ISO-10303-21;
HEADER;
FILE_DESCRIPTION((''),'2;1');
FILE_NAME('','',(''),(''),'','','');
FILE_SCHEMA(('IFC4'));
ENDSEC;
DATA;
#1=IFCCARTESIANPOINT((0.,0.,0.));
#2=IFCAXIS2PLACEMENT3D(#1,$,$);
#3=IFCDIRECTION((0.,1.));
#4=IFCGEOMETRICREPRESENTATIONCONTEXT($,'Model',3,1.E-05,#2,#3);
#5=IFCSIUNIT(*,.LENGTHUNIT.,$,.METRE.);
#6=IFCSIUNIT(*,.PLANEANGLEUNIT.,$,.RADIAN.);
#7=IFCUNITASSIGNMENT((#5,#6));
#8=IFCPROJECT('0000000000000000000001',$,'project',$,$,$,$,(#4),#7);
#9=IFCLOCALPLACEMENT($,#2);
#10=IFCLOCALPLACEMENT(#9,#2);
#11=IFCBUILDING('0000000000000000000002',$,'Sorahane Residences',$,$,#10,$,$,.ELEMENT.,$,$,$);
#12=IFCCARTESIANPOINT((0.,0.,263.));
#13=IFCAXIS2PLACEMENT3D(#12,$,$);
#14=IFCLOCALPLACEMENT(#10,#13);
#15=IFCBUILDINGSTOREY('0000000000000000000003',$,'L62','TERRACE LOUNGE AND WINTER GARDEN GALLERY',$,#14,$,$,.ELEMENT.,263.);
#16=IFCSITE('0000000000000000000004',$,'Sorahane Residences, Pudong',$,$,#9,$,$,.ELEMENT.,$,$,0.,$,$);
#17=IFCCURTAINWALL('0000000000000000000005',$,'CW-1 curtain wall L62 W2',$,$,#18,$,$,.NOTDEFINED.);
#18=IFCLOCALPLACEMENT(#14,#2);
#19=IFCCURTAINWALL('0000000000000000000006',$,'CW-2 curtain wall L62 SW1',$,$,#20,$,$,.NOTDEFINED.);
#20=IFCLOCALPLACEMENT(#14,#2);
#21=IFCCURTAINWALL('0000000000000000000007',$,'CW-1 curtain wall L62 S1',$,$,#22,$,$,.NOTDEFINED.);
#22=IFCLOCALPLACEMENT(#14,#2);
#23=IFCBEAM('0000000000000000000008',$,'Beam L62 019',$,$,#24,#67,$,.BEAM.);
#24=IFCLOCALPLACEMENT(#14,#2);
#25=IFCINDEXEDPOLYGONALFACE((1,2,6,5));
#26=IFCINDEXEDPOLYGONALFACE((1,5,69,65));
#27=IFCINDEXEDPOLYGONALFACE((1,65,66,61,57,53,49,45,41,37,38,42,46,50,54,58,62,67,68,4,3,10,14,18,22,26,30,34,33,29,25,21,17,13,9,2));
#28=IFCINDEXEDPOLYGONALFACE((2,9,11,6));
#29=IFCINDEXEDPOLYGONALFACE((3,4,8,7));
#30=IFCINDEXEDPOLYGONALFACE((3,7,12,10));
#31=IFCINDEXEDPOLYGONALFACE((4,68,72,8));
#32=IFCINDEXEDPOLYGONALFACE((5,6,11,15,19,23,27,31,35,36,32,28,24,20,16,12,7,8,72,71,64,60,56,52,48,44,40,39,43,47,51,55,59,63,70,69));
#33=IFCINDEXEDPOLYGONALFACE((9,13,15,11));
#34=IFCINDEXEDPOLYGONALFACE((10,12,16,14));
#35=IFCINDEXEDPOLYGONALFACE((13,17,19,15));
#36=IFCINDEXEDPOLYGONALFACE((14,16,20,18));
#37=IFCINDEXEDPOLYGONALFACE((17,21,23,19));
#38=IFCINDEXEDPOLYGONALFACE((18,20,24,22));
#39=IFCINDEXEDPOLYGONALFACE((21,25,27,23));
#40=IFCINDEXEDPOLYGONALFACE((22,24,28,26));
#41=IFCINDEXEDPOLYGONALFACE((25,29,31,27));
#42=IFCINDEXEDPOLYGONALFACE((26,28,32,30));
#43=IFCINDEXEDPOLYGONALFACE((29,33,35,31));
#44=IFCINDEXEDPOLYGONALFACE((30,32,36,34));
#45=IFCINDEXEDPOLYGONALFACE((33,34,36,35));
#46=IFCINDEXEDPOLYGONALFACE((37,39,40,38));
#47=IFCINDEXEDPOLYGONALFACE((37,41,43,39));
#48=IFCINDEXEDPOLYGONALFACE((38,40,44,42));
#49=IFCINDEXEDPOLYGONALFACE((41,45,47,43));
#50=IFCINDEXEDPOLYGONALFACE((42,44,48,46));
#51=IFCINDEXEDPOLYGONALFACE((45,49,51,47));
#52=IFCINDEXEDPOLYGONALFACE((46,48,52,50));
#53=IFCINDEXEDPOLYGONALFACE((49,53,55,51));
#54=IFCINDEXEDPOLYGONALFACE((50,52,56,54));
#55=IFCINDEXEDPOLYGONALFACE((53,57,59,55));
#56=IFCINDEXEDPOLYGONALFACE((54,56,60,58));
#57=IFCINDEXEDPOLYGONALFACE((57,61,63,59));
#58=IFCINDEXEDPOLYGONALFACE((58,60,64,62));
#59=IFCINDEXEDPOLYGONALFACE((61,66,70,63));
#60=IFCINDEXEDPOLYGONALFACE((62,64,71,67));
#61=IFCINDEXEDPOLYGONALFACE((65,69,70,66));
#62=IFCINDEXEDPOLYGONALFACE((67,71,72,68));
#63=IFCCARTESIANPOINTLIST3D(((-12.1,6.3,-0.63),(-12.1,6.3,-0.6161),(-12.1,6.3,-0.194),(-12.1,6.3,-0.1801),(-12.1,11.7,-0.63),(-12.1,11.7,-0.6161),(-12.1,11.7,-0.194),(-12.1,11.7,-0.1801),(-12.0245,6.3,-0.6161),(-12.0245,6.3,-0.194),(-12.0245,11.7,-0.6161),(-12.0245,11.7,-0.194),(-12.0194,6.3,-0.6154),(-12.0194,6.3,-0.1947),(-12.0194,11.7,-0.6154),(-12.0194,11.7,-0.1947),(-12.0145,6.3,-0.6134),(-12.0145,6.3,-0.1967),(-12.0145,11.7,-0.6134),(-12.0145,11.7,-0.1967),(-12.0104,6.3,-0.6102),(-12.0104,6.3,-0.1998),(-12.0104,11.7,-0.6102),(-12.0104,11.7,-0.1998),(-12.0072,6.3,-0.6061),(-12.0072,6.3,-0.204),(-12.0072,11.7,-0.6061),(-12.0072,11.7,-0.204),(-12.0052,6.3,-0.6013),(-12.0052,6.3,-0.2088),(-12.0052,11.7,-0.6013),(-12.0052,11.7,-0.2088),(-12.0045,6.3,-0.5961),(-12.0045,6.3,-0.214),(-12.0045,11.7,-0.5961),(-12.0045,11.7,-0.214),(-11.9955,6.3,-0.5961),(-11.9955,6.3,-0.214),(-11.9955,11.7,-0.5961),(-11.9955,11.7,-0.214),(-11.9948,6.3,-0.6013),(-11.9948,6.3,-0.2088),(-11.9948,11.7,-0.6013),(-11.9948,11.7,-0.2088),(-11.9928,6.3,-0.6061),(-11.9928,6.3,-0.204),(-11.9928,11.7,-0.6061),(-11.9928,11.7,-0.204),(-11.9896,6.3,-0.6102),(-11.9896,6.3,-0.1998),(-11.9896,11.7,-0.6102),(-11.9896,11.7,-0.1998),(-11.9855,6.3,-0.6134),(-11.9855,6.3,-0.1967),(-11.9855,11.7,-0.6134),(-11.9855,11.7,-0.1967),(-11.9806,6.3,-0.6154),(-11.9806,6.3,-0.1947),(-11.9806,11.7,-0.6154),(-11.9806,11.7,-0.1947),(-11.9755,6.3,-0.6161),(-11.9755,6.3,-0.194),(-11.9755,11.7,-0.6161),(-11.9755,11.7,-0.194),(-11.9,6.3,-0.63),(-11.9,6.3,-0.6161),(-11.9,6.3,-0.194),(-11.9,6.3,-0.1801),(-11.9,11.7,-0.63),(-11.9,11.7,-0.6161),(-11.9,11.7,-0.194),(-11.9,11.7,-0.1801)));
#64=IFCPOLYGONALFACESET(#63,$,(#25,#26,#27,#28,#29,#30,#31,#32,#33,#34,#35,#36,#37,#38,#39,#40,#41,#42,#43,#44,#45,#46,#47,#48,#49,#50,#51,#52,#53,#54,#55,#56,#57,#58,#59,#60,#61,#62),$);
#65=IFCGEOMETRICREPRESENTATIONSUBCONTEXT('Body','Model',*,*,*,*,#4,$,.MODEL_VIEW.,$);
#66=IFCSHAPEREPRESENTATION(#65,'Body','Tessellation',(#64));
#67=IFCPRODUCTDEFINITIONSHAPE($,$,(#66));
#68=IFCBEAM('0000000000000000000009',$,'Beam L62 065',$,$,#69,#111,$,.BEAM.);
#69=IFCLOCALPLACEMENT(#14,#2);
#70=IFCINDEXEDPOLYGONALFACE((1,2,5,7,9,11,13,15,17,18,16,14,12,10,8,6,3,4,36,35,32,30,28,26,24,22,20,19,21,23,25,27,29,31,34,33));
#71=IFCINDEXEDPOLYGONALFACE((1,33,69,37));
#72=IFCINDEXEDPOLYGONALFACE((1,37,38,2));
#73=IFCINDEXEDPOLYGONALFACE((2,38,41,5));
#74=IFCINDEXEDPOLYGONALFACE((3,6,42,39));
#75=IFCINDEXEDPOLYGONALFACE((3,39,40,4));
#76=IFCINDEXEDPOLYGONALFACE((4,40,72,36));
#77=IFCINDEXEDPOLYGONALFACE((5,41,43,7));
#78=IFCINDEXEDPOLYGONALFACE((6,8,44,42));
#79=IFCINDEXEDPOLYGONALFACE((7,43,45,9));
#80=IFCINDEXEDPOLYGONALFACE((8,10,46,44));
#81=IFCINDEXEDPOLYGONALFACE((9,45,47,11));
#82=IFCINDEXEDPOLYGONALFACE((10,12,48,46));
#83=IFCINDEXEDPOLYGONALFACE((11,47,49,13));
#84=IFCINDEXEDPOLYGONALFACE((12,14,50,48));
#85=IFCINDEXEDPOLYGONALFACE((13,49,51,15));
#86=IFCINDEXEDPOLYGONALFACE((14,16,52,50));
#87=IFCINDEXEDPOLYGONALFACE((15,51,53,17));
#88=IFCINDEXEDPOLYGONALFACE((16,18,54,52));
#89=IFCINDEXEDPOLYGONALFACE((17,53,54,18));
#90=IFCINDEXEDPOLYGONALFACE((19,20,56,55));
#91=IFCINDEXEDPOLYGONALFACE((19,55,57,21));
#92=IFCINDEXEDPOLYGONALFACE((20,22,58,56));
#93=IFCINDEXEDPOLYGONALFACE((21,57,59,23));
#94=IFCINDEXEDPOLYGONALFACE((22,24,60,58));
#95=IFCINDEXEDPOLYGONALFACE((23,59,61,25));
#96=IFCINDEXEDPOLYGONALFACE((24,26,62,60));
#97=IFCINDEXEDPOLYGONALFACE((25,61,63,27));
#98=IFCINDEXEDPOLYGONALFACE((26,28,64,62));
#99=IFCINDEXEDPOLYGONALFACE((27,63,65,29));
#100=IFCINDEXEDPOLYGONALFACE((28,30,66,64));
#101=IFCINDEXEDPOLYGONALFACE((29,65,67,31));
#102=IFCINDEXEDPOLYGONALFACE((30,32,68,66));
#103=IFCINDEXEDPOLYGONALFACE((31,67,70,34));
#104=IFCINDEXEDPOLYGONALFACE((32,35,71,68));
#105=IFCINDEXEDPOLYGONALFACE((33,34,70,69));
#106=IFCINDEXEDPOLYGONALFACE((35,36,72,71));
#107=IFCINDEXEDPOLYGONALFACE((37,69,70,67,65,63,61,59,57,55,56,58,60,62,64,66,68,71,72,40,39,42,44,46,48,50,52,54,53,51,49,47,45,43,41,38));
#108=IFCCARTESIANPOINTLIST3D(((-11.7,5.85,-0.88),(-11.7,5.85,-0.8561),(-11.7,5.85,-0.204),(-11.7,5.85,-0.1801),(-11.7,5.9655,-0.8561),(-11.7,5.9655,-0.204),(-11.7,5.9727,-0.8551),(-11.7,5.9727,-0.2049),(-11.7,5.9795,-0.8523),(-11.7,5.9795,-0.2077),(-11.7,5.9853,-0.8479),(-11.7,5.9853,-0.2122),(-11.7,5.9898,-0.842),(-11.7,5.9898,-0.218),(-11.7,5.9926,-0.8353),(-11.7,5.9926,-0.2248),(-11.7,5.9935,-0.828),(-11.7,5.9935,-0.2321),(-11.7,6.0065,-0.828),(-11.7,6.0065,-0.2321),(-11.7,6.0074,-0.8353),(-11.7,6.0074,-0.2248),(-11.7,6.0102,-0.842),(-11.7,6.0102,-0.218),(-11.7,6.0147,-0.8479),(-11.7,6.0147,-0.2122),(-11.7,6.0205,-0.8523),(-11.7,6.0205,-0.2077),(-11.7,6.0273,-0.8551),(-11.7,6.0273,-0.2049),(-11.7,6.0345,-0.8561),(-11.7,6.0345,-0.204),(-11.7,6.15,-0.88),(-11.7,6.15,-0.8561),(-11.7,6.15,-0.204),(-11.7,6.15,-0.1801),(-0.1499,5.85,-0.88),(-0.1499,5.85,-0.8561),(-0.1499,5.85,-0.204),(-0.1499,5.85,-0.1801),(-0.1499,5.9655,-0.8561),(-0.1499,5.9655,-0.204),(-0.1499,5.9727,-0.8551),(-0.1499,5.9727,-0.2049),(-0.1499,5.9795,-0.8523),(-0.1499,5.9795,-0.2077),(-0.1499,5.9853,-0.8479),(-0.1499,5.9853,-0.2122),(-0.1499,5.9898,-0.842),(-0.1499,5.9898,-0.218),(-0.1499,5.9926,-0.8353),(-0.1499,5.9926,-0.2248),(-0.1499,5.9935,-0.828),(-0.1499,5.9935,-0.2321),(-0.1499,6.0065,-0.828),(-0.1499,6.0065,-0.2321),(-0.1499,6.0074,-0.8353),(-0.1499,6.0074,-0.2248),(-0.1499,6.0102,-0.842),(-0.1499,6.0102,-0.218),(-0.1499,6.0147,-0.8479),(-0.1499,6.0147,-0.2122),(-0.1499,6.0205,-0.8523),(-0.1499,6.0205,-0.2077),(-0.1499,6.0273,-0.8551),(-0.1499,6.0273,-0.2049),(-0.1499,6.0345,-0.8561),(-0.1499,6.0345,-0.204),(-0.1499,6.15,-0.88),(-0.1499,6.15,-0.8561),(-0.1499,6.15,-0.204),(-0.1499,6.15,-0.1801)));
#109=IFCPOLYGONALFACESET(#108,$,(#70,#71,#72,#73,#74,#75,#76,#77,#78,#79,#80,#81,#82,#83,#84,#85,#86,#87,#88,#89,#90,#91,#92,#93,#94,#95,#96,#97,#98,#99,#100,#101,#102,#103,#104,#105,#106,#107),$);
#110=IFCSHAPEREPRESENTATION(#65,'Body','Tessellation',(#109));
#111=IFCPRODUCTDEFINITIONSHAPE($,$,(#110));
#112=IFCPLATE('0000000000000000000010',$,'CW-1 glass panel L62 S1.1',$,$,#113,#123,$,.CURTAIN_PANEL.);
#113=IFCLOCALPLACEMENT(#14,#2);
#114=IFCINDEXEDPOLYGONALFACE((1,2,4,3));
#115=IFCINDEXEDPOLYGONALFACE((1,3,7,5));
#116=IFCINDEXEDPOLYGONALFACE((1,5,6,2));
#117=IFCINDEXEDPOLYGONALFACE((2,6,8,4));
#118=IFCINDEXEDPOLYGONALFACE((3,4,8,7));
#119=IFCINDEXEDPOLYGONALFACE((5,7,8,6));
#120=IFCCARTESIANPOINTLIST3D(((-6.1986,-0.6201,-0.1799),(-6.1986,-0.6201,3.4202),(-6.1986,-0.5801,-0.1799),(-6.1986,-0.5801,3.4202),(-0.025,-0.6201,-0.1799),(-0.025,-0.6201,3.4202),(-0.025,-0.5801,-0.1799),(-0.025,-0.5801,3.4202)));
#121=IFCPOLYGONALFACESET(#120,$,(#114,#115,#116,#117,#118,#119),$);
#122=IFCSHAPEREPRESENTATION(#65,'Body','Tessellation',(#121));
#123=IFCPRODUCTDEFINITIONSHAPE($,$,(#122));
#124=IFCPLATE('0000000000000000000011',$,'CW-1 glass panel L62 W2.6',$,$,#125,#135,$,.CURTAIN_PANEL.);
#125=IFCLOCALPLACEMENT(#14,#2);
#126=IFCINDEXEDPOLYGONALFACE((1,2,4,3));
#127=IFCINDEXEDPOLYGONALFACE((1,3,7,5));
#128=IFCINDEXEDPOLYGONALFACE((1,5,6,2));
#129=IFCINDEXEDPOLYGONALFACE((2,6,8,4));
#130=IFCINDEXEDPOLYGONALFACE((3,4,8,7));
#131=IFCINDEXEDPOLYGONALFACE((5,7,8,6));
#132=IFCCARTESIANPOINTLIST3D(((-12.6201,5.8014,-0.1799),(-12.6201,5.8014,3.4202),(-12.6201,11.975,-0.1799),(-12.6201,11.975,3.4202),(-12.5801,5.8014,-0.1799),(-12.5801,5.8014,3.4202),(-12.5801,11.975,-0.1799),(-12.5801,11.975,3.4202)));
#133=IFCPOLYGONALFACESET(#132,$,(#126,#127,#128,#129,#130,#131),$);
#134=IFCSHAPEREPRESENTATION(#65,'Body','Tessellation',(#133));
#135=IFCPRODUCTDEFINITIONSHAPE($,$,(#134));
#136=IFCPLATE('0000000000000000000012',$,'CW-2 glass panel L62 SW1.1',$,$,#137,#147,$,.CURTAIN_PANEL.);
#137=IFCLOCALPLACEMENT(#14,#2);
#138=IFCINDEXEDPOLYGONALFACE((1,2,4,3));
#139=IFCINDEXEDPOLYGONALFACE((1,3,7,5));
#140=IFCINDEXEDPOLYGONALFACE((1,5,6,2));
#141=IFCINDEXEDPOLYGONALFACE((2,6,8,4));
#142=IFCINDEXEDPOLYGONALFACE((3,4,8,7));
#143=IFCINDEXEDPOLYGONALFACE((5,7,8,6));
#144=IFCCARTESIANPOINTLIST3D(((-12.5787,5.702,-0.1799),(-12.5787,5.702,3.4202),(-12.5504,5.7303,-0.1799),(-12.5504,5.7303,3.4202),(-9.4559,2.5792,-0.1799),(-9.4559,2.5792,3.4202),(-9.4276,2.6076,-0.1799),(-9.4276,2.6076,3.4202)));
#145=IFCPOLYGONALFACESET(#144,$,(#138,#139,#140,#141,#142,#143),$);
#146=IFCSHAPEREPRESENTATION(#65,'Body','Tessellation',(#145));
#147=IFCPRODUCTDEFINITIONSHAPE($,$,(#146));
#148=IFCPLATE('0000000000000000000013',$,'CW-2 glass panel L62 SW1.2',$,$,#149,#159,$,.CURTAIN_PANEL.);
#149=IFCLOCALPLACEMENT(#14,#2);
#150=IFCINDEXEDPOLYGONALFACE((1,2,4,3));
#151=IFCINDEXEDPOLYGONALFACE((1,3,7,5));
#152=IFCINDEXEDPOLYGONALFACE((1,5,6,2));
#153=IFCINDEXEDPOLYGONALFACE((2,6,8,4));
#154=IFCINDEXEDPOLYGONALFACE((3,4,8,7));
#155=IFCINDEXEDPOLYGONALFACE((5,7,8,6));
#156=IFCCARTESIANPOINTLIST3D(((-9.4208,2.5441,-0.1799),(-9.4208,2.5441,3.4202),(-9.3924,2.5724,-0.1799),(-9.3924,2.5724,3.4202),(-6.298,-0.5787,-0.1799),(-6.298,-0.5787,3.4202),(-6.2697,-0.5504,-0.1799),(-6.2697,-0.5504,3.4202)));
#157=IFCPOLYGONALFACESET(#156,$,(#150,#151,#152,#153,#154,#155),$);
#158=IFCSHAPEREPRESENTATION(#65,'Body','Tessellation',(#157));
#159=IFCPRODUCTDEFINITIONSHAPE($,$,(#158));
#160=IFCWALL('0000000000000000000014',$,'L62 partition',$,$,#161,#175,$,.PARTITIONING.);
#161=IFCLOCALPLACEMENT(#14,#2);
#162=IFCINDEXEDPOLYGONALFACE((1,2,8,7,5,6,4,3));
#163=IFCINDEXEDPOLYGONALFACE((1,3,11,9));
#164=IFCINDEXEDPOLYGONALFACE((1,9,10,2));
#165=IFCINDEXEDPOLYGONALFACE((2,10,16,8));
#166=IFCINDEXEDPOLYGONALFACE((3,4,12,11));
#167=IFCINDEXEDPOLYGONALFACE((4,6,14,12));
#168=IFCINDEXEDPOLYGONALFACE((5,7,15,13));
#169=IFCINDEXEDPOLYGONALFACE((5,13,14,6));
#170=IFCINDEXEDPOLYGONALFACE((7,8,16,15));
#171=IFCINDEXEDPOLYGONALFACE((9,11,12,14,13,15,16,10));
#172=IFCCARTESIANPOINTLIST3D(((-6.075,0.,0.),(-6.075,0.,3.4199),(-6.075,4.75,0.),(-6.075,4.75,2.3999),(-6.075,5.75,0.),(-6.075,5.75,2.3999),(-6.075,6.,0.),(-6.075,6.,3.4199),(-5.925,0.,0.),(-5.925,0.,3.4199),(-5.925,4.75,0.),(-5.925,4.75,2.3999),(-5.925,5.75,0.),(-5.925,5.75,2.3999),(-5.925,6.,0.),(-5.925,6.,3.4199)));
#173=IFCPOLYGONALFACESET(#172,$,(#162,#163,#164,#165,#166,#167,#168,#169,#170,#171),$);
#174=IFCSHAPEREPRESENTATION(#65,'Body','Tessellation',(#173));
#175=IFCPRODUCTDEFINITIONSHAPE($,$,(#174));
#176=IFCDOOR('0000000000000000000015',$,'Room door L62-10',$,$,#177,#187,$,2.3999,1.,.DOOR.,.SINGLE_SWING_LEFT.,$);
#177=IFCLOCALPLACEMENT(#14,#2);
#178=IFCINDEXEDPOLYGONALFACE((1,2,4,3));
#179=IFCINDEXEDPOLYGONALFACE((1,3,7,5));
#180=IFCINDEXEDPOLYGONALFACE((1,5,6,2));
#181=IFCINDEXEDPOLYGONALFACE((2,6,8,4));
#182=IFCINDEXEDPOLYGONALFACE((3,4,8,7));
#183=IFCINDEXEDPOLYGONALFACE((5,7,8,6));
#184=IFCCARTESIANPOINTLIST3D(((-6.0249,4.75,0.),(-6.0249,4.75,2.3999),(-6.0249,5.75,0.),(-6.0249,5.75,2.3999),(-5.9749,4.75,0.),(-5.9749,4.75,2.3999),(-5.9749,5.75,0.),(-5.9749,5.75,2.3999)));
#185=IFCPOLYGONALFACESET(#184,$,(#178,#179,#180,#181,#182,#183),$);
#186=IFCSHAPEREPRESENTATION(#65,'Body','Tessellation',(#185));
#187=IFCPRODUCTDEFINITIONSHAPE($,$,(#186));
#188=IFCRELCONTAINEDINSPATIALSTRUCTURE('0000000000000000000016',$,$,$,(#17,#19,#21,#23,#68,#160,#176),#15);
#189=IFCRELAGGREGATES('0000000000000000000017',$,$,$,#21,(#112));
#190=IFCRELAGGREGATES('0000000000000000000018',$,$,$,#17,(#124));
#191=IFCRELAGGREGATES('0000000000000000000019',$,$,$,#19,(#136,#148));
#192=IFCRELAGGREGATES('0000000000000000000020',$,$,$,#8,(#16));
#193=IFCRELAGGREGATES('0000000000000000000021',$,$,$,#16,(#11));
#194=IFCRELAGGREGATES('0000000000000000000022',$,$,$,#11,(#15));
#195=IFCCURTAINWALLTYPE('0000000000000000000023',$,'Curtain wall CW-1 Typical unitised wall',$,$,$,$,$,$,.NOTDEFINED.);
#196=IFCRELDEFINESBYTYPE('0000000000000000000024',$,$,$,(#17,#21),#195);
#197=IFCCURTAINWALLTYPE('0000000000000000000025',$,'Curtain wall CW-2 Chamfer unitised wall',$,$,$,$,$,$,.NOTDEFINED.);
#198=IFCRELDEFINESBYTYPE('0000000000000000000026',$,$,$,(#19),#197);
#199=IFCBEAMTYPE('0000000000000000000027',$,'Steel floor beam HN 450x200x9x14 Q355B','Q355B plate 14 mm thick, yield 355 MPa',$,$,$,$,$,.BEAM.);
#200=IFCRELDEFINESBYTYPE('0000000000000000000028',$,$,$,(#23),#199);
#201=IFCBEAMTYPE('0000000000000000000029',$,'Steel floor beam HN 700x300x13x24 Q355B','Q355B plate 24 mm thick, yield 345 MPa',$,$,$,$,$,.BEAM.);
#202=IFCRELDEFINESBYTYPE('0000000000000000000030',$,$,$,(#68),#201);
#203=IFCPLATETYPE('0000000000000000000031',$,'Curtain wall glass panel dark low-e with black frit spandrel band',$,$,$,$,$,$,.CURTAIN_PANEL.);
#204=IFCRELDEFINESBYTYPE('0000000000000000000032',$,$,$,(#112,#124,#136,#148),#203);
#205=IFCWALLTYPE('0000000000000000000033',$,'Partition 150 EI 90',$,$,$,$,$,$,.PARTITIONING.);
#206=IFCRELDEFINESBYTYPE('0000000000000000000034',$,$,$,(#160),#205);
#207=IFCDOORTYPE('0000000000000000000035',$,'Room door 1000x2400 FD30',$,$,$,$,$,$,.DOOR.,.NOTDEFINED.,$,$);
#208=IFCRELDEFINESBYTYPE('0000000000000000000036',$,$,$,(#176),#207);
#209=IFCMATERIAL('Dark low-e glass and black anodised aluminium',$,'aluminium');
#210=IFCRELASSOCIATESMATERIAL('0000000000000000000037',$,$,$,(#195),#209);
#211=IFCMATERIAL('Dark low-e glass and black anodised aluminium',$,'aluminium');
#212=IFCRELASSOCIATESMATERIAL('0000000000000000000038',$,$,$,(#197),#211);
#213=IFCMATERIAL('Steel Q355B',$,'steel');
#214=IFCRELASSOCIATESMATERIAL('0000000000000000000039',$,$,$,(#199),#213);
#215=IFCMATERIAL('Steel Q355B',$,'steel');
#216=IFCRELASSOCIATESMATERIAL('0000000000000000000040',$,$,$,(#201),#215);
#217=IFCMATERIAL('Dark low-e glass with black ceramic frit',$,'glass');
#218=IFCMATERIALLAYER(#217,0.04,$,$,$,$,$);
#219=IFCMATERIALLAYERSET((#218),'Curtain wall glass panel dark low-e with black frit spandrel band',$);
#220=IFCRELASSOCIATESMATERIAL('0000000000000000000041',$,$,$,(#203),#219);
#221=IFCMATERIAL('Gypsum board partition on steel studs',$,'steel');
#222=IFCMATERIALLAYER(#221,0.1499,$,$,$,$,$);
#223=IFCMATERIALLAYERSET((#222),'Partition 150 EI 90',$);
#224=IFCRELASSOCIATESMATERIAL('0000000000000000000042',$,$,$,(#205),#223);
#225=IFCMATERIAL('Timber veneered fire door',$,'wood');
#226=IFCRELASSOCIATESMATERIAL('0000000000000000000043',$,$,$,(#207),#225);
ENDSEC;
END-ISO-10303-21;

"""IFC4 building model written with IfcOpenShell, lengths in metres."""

from ifc_helpers import new_model, si_unit, direction, frame, frame_2d, origin, origin_2d, place, context, subcontext, project, spatial, rectangle, i_section, extrude, material, layer, layer_set, material_profile, profile_set, type_object, element, fill, aggregate, save


model = new_model("IFC4")

# Units and contexts
model_context = context("Model", 3, precision=1e-05, world=origin(), true_north=direction((0.0, 1.0)))
body_context = subcontext(model_context, "Body", "Model", "MODEL_VIEW")
ifc_project = project(units=[si_unit("LENGTHUNIT", "METRE"), si_unit("PLANEANGLEUNIT", "RADIAN")], contexts=[model_context])

# Site, building, storey
site_placement = place(None, origin())
site = spatial("IfcSite", under=ifc_project, at=site_placement, Name="Sorahane Residences, Pudong", CompositionType="ELEMENT", RefElevation=0.0)
building_placement = place(site_placement, origin())
building = spatial("IfcBuilding", under=site, at=building_placement, Name="Sorahane Residences", CompositionType="ELEMENT")
storey_placement = place(building_placement, frame((0.0, 0.0, 263.0)))
storey = spatial("IfcBuildingStorey", under=building, at=storey_placement, Name="L62", Description="TERRACE LOUNGE AND WINTER GARDEN GALLERY", CompositionType="ELEMENT", Elevation=263.0)

# Curtain wall
ifc_material_1 = material(Name="Dark low-e glass and black anodised aluminium", Category="aluminium")
curtain_wall_type_1 = type_object("IfcCurtainWallType", Name="Curtain wall CW-1 Typical unitised wall", PredefinedType="NOTDEFINED", material=ifc_material_1)
curtain_wall_1_placement = place(storey_placement, origin())
curtain_wall_1 = element("IfcCurtainWall", 1, at=curtain_wall_1_placement, inside=storey, type_object=curtain_wall_type_1, Name="CW-1 curtain wall L62 W2", PredefinedType="NOTDEFINED")

# Curtain wall
ifc_material_2 = material(Name="Dark low-e glass and black anodised aluminium", Category="aluminium")
curtain_wall_type_2 = type_object("IfcCurtainWallType", Name="Curtain wall CW-2 Chamfer unitised wall", PredefinedType="NOTDEFINED", material=ifc_material_2)
curtain_wall_2_placement = place(storey_placement, origin())
curtain_wall_2 = element("IfcCurtainWall", 2, at=curtain_wall_2_placement, inside=storey, type_object=curtain_wall_type_2, Name="CW-2 curtain wall L62 SW1", PredefinedType="NOTDEFINED")

# Curtain wall
curtain_wall_3_placement = place(storey_placement, origin())
curtain_wall_3 = element("IfcCurtainWall", 3, at=curtain_wall_3_placement, inside=storey, type_object=curtain_wall_type_1, Name="CW-1 curtain wall L62 S1", PredefinedType="NOTDEFINED")

# Beams
ifc_material_3 = material(Name="Steel Q355B", Category="steel")
ifc_material_profile_1 = material_profile(ifc_material_3, i_section(OverallWidth=0.2, OverallDepth=0.45, WebThickness=0.009, FlangeThickness=0.0139, FilletRadius=0.02, at=origin_2d()), Name="HN 450x200x9x14")
ifc_profile_set_1 = profile_set([ifc_material_profile_1], Name="Steel Q355B")
beam_type_1 = type_object("IfcBeamType", Name="Steel floor beam HN 450x200x9x14 Q355B", Description="Q355B plate 14 mm thick, yield 355 MPa", PredefinedType="BEAM", material=ifc_profile_set_1)
for number, where, z_axis, x_axis, name in (
    (4, (-12.0, 6.3, -0.405), (0.0, 1.0, 0.0), (-1.0, 0.0, 0.0), "Beam L62 019"),
):
    element("IfcBeam", number, at=place(storey_placement, frame(where, z_axis=z_axis, x_axis=x_axis)), inside=storey, type_object=beam_type_1, Name=name, PredefinedType="BEAM", context=body_context, shape_type="SweptSolid", body=[
        extrude(i_section(OverallWidth=0.2, OverallDepth=0.45, WebThickness=0.009, FlangeThickness=0.0139, FilletRadius=0.02, at=origin_2d()), origin(), (0.0, 0.0, 1.0), 5.3999),
    ])
ifc_material_4 = material(Name="Steel Q355B", Category="steel")
ifc_material_profile_2 = material_profile(ifc_material_4, i_section(OverallWidth=0.3, OverallDepth=0.7, WebThickness=0.0129, FlangeThickness=0.0239, FilletRadius=0.0281, at=origin_2d()), Name="HN 700x300x13x24")
ifc_profile_set_2 = profile_set([ifc_material_profile_2], Name="Steel Q355B")
beam_type_2 = type_object("IfcBeamType", Name="Steel floor beam HN 700x300x13x24 Q355B", Description="Q355B plate 24 mm thick, yield 345 MPa", PredefinedType="BEAM", material=ifc_profile_set_2)
beam_placement = place(storey_placement, frame((-11.7, 6.0, -0.53), z_axis=(1.0, 0.0, 0.0), x_axis=(0.0, 1.0, 0.0)))
element("IfcBeam", 5, at=beam_placement, inside=storey, type_object=beam_type_2, Name="Beam L62 065", PredefinedType="BEAM", context=body_context, shape_type="SweptSolid", body=[
    extrude(i_section(OverallWidth=0.3, OverallDepth=0.7, WebThickness=0.0129, FlangeThickness=0.0239, FilletRadius=0.0281, at=origin_2d()), origin(), (0.0, 0.0, 1.0), 11.55),
])

# Plates
ifc_material_5 = material(Name="Dark low-e glass with black ceramic frit", Category="glass")
ifc_layer_1 = layer(ifc_material_5, 0.04)
ifc_layer_set_1 = layer_set([ifc_layer_1], Name="Curtain wall glass panel dark low-e with black frit spandrel band")
plate_type = type_object("IfcPlateType", Name="Curtain wall glass panel dark low-e with black frit spandrel band", PredefinedType="CURTAIN_PANEL", material=ifc_layer_set_1)
plate_1_placement = place(storey_placement, frame((-3.1118, -0.6001, -0.1799), z_axis=(0.0, 0.0, 1.0), x_axis=(1.0, 0.0, 0.0)))
plate_1 = element("IfcPlate", 6, at=plate_1_placement, type_object=plate_type, Name="CW-1 glass panel L62 S1.1", PredefinedType="CURTAIN_PANEL", context=body_context, shape_type="SweptSolid", body=[
    extrude(rectangle(XDim=6.1736, YDim=0.04, at=origin_2d()), origin(), (0.0, 0.0, 1.0), 3.6001),
])
aggregate(curtain_wall_3, [plate_1])
plate_2_placement = place(storey_placement, frame((-12.6001, 8.8882, -0.1799), z_axis=(0.0, 0.0, 1.0), x_axis=(0.0, -1.0, 0.0)))
plate_2 = element("IfcPlate", 7, at=plate_2_placement, type_object=plate_type, Name="CW-1 glass panel L62 W2.6", PredefinedType="CURTAIN_PANEL", context=body_context, shape_type="SweptSolid", body=[
    extrude(rectangle(XDim=6.1736, YDim=0.04, at=origin_2d()), origin(), (0.0, 0.0, 1.0), 3.6001),
])
aggregate(curtain_wall_1, [plate_2])
plate_3_placement = place(storey_placement, frame((-11.0032, 4.1548, -0.1799), z_axis=(0.0, 0.0, 1.0), x_axis=(0.707107, -0.707107, 0.0)))
plate_3 = element("IfcPlate", 8, at=plate_3_placement, type_object=plate_type, Name="CW-2 glass panel L62 SW1.1", PredefinedType="CURTAIN_PANEL", context=body_context, shape_type="SweptSolid", body=[
    extrude(rectangle(XDim=4.4163, YDim=0.04, at=origin_2d()), origin(), (0.0, 0.0, 1.0), 3.6001),
])
plate_4_placement = place(storey_placement, frame((-7.8452, 0.9968, -0.1799), z_axis=(0.0, 0.0, 1.0), x_axis=(0.707107, -0.707107, 0.0)))
plate_4 = element("IfcPlate", 9, at=plate_4_placement, type_object=plate_type, Name="CW-2 glass panel L62 SW1.2", PredefinedType="CURTAIN_PANEL", context=body_context, shape_type="SweptSolid", body=[
    extrude(rectangle(XDim=4.4163, YDim=0.04, at=origin_2d()), origin(), (0.0, 0.0, 1.0), 3.6001),
])
aggregate(curtain_wall_2, [plate_3, plate_4])

# Wall, opening, door
ifc_material_6 = material(Name="Gypsum board partition on steel studs", Category="steel")
ifc_layer_2 = layer(ifc_material_6, 0.1499)
ifc_layer_set_2 = layer_set([ifc_layer_2], Name="Partition 150 EI 90")
wall_type_1 = type_object("IfcWallType", Name="Partition 150 EI 90", PredefinedType="PARTITIONING", material=ifc_layer_set_2)
wall_1_placement = place(storey_placement, frame((-6.0, 0.0, 0.0), z_axis=(0.0, 0.0, 1.0), x_axis=(0.0, 1.0, 0.0)))
wall_1 = element("IfcWall", 10, at=wall_1_placement, inside=storey, type_object=wall_type_1, Name="L62 partition", PredefinedType="PARTITIONING", context=body_context, shape_type="SweptSolid", body=[
    extrude(rectangle(XDim=6.0, YDim=0.1499, at=frame_2d((3.0, 0.0))), origin(), (0.0, 0.0, 1.0), 3.4199),
])
opening_1_placement = place(wall_1_placement, frame((4.75, 0.0, 0.0)))
opening_1 = element("IfcOpeningElement", 11, at=opening_1_placement, cuts=wall_1, PredefinedType="OPENING", context=body_context, shape_type="SweptSolid", body=[
    extrude(rectangle(XDim=1.0, YDim=2.3999, at=frame_2d((0.5, 1.2))), frame((0.0, 0.085, 0.0), z_axis=(0.0, -1.0, 0.0), x_axis=(1.0, 0.0, 0.0)), (0.0, 0.0, 1.0), 0.1699),
])
ifc_material_7 = material(Name="Timber veneered fire door", Category="wood")
door_type_1 = type_object("IfcDoorType", Name="Room door 1000x2400 FD30", OperationType="NOTDEFINED", PredefinedType="DOOR", material=ifc_material_7)
door_1_placement = place(opening_1_placement, origin())
door_1 = element("IfcDoor", 12, at=door_1_placement, inside=storey, type_object=door_type_1, Name="Room door L62-10", OperationType="SINGLE_SWING_LEFT", OverallHeight=2.3999, OverallWidth=1.0, PredefinedType="DOOR", context=body_context, shape_type="SweptSolid", body=[
    extrude(rectangle(XDim=1.0, YDim=2.3999, at=frame_2d((0.5, 1.2))), frame((0.0, 0.0249, 0.0), z_axis=(0.0, -1.0, 0.0), x_axis=(1.0, 0.0, 0.0)), (0.0, 0.0, 1.0), 0.05),
])
fill(opening_1, door_1)

save(model, "model.ifc")
